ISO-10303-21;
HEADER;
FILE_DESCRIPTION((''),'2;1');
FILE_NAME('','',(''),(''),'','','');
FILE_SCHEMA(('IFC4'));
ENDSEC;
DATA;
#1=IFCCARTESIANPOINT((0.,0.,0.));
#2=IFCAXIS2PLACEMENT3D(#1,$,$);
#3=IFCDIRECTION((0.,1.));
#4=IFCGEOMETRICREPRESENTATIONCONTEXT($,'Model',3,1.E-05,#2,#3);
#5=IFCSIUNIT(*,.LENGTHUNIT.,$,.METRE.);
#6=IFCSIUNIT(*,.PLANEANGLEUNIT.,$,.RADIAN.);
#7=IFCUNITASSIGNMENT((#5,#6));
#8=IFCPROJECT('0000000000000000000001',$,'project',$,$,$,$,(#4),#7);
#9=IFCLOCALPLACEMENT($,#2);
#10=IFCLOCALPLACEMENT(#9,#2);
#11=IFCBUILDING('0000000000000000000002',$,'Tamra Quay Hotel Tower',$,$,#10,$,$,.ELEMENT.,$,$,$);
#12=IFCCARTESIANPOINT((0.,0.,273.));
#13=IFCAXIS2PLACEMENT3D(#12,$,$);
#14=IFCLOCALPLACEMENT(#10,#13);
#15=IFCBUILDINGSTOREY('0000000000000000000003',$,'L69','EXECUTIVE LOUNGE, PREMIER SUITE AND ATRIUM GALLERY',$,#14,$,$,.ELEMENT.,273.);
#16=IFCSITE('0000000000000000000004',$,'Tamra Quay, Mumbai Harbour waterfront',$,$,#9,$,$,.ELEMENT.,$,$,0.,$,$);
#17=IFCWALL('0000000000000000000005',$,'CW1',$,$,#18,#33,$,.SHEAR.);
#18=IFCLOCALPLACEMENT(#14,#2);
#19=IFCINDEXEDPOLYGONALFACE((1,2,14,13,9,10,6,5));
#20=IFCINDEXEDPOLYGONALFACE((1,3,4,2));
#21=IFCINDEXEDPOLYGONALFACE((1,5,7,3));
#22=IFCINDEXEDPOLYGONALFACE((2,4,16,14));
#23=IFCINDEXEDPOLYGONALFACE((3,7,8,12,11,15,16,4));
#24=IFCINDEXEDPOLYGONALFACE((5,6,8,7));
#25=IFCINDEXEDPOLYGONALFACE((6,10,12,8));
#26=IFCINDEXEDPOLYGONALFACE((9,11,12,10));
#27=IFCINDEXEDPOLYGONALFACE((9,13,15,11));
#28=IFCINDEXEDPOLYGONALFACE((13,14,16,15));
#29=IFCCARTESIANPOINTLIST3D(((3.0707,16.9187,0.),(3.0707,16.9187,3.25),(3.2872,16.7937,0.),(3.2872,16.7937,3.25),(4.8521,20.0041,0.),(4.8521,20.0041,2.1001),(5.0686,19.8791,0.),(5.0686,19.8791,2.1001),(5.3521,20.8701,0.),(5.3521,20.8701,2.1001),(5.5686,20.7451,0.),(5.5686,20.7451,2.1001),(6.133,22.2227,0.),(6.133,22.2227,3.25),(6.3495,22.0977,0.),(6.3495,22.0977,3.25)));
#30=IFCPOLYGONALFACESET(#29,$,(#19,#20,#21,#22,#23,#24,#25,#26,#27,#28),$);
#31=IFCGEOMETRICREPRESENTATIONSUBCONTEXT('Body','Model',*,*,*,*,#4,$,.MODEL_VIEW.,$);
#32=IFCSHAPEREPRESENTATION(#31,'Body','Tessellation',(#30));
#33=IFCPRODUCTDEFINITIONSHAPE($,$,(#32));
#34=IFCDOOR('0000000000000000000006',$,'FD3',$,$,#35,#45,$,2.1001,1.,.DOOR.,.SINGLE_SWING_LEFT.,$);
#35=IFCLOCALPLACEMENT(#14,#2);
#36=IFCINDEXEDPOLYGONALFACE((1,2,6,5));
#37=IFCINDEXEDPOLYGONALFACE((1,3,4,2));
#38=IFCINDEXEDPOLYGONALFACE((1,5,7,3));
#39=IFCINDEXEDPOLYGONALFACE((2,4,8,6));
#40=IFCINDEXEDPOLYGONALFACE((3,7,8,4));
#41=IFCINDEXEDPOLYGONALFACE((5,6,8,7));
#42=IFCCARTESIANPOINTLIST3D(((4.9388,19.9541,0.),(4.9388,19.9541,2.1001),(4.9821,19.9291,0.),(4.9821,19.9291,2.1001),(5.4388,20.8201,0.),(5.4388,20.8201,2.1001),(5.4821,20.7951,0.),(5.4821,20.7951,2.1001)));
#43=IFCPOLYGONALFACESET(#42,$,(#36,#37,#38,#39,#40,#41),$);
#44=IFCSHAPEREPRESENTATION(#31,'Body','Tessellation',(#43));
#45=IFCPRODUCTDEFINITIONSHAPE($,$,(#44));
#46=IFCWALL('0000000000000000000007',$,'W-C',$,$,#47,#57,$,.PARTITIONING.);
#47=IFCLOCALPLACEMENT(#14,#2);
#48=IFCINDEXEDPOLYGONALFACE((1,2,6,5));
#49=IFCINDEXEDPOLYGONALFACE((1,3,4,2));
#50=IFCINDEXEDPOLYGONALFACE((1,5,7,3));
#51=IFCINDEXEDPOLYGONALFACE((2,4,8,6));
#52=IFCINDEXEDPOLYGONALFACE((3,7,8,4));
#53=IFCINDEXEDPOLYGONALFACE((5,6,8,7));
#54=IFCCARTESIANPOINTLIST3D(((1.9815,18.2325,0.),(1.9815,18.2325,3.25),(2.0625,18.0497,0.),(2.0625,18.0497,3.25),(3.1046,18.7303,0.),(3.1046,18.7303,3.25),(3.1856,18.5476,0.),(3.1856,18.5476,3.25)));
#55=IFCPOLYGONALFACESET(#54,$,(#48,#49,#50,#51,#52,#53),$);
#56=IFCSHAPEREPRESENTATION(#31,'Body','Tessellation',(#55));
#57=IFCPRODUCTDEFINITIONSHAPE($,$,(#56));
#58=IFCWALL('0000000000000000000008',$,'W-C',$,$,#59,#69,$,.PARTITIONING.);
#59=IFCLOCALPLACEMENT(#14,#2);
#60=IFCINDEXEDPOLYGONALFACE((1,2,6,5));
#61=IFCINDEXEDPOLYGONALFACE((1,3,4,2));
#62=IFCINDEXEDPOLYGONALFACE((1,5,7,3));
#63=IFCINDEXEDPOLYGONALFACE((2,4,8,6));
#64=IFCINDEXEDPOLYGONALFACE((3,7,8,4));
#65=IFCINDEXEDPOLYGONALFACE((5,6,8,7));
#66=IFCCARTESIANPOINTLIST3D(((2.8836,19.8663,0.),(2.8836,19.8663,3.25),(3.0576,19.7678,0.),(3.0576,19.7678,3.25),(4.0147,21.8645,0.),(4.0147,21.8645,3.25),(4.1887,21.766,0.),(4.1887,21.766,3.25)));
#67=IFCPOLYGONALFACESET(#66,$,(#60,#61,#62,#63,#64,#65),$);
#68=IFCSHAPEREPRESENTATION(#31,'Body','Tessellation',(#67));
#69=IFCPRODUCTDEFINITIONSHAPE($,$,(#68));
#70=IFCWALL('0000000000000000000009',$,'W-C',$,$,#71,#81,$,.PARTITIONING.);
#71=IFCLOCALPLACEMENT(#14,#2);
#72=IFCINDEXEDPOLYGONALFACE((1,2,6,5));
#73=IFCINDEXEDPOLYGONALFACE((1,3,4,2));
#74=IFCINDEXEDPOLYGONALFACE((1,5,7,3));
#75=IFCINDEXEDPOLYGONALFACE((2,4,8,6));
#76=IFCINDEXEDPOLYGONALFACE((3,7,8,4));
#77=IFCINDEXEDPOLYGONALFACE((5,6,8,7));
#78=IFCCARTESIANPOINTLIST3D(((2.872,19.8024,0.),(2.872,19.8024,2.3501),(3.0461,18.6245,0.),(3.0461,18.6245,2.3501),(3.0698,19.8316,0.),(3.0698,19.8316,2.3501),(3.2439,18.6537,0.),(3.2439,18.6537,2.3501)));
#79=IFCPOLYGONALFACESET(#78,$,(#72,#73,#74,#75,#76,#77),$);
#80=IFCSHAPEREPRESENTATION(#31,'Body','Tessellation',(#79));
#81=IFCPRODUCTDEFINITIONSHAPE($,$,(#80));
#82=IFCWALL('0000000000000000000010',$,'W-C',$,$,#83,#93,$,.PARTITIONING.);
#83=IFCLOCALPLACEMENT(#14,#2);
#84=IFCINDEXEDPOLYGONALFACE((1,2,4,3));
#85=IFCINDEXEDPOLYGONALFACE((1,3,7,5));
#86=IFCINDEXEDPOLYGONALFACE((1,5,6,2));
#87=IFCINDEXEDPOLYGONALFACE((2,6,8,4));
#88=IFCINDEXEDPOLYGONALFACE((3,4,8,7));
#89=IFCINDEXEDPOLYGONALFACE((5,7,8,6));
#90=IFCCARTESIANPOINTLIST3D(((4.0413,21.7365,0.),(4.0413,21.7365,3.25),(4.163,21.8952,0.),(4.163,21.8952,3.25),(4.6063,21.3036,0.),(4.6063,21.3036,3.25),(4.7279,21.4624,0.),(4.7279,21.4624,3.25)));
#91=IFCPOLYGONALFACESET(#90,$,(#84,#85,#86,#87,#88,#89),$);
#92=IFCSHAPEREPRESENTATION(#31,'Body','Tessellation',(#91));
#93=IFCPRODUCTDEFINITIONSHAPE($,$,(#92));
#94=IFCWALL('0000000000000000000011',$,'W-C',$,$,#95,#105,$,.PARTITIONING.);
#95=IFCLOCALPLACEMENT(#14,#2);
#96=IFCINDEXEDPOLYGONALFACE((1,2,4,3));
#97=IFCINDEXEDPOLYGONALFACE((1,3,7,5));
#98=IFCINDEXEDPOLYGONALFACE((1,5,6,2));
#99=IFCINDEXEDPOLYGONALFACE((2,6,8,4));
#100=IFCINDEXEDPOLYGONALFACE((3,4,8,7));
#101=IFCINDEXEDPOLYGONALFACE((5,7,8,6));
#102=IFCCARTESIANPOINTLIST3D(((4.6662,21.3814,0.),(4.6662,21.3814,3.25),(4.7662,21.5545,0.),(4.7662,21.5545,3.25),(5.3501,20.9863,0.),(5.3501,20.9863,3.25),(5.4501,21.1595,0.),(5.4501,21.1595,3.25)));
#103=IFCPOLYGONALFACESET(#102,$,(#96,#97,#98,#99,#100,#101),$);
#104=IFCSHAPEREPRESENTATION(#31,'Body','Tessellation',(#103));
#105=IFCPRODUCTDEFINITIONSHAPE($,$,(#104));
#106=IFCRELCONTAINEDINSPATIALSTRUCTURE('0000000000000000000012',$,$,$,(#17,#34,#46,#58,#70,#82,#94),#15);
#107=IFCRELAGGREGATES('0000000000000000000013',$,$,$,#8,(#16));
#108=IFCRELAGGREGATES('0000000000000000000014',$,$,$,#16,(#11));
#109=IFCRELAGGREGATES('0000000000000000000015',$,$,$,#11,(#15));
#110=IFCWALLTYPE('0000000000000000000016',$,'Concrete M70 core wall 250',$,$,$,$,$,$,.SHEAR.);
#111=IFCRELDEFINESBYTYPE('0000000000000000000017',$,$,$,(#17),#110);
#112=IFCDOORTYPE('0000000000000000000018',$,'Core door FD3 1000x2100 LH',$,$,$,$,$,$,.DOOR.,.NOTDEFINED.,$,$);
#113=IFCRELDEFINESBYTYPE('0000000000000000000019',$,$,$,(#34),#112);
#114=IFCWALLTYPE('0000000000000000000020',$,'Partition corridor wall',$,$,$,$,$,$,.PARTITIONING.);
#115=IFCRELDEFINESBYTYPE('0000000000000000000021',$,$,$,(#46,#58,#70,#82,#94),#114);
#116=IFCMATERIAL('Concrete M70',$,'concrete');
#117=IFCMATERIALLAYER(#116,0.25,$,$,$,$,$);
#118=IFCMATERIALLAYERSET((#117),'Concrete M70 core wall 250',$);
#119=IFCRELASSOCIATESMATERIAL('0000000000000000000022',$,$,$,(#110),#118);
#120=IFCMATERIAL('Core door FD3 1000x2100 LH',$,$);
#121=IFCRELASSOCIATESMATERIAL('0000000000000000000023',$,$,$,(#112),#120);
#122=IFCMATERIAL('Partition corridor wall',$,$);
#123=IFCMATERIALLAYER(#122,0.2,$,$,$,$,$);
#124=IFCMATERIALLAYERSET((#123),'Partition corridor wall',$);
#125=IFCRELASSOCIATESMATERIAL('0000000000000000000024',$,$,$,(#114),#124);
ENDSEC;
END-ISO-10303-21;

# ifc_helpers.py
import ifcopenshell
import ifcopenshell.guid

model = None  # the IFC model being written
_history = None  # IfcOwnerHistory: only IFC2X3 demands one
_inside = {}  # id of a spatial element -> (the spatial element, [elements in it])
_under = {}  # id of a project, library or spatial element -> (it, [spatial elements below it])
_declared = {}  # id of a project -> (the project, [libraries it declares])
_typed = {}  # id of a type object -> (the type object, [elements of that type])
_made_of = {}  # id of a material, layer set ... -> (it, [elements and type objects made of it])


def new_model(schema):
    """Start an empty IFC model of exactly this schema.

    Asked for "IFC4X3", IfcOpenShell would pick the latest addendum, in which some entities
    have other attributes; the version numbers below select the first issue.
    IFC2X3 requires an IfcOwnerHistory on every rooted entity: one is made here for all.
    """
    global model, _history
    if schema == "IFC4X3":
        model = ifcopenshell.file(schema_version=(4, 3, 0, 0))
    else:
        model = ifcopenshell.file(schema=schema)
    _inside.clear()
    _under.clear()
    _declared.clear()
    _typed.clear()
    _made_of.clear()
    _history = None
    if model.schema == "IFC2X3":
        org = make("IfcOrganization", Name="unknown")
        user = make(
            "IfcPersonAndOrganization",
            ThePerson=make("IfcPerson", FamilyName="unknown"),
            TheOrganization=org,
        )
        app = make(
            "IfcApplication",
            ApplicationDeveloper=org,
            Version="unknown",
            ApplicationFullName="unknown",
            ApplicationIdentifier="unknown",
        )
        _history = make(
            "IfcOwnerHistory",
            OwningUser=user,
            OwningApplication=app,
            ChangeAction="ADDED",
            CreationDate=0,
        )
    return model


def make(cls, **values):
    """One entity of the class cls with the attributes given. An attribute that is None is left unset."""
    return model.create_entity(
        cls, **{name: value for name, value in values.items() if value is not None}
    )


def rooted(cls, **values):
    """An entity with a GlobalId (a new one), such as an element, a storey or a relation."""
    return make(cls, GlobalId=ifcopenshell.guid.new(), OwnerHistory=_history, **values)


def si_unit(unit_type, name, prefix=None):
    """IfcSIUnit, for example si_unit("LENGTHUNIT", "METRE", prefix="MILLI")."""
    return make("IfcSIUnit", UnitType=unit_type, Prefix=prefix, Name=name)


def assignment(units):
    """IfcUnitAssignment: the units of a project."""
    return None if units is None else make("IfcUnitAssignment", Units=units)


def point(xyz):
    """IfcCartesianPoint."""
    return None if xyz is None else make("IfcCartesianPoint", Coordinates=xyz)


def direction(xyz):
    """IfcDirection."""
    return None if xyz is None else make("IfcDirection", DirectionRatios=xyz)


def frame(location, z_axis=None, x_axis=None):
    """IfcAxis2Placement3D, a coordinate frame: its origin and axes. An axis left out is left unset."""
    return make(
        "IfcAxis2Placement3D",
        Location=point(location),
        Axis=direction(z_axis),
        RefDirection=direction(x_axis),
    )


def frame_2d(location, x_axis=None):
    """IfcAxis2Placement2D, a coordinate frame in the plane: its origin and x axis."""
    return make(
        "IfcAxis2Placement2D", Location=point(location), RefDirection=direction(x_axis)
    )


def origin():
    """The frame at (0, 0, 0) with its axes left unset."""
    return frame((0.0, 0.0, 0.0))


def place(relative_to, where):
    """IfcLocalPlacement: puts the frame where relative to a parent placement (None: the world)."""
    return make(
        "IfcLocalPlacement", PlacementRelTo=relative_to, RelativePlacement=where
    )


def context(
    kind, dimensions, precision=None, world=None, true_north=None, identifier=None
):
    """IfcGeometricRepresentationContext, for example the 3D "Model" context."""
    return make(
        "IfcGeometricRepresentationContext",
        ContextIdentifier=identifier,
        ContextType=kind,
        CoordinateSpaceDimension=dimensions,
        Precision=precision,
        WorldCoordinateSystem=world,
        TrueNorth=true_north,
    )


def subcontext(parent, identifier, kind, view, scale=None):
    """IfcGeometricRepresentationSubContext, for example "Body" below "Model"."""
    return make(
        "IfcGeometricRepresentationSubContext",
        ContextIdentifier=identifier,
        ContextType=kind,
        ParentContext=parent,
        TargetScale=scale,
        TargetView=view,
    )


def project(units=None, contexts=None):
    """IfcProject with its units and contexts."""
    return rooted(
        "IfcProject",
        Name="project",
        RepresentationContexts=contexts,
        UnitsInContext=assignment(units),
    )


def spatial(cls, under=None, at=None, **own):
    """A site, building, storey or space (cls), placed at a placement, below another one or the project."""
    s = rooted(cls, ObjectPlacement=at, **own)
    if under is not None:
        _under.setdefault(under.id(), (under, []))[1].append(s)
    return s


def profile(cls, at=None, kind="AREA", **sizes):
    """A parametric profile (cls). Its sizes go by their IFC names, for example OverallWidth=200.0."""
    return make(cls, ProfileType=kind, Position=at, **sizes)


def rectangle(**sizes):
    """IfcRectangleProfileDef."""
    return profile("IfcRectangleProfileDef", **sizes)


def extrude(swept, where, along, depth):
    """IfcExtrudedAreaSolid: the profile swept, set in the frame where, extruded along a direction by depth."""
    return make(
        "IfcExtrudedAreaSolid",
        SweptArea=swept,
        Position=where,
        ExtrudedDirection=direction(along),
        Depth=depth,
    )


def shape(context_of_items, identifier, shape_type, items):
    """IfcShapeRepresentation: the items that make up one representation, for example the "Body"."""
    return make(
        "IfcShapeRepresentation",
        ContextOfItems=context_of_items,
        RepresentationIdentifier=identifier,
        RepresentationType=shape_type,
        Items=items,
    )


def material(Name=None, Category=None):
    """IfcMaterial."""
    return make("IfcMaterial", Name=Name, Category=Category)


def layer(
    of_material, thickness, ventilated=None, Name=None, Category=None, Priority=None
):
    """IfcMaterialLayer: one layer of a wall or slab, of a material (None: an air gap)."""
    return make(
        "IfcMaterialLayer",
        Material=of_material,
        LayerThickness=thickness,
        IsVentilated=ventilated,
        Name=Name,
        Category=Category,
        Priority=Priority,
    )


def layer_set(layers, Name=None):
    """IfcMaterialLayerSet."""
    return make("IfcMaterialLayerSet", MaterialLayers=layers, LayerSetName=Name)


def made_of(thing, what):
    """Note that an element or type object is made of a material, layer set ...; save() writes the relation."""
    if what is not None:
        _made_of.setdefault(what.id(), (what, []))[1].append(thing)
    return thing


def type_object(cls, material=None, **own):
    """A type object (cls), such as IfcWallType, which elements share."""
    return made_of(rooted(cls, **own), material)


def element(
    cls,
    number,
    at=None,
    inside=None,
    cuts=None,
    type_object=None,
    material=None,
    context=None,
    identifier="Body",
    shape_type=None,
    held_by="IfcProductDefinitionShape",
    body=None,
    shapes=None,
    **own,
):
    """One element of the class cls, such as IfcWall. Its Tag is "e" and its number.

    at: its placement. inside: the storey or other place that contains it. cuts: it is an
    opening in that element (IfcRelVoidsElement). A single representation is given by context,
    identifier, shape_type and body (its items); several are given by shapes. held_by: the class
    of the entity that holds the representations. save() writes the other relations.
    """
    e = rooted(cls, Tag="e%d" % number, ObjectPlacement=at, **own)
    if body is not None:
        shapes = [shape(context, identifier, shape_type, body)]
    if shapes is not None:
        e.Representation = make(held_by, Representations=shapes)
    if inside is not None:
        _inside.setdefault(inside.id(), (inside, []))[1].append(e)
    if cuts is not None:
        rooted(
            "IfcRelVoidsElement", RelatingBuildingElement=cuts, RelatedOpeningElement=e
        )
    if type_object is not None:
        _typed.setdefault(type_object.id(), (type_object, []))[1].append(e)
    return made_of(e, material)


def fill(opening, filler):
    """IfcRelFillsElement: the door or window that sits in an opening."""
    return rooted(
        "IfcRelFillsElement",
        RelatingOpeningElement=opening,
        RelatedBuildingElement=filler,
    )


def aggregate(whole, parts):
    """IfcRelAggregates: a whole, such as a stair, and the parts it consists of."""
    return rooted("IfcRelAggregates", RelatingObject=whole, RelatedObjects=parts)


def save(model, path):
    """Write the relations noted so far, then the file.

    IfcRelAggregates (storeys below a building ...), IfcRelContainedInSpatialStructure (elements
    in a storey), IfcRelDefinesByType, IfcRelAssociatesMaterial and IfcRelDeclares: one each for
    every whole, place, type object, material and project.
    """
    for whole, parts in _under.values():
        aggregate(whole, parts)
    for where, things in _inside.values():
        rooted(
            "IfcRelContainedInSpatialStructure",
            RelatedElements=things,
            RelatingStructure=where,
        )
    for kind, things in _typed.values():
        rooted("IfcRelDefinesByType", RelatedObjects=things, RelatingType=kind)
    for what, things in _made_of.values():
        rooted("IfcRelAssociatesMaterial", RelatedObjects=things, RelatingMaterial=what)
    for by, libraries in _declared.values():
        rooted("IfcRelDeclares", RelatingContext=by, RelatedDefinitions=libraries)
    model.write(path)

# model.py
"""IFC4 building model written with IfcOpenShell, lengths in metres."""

from ifc_helpers import new_model, si_unit, direction, frame, frame_2d, origin, place, context, subcontext, project, spatial, rectangle, extrude, material, layer, layer_set, type_object, element, fill, save


model = new_model("IFC4")

# Units and contexts
model_context = context("Model", 3, precision=1e-05, world=origin(), true_north=direction((0.0, 1.0)))
body_context = subcontext(model_context, "Body", "Model", "MODEL_VIEW")
ifc_project = project(units=[si_unit("LENGTHUNIT", "METRE"), si_unit("PLANEANGLEUNIT", "RADIAN")], contexts=[model_context])

# Site, building, storey
site_placement = place(None, origin())
site = spatial("IfcSite", under=ifc_project, at=site_placement, Name="Tamra Quay, Mumbai Harbour waterfront", CompositionType="ELEMENT", RefElevation=0.0)
building_placement = place(site_placement, origin())
building = spatial("IfcBuilding", under=site, at=building_placement, Name="Tamra Quay Hotel Tower", CompositionType="ELEMENT")
storey_placement = place(building_placement, frame((0.0, 0.0, 273.0)))
storey = spatial("IfcBuildingStorey", under=building, at=storey_placement, Name="L69", Description="EXECUTIVE LOUNGE, PREMIER SUITE AND ATRIUM GALLERY", CompositionType="ELEMENT", Elevation=273.0)

# Shared definitions
ifc_material_1 = material(Name="Concrete M70", Category="concrete")

# Shared definitions
ifc_layer_1 = layer(ifc_material_1, 0.25)
ifc_layer_set_1 = layer_set([ifc_layer_1], Name="Concrete M70 core wall 250")
wall_type_1 = type_object("IfcWallType", Name="Concrete M70 core wall 250", PredefinedType="SHEAR", material=ifc_layer_set_1)

# Wall, opening, door
wall_1_placement = place(storey_placement, frame((3.179, 16.8562, 0.0), z_axis=(0.0, 0.0, 1.0), x_axis=(0.500002, 0.866024, 0.0)))
wall_1 = element("IfcWall", 1, at=wall_1_placement, inside=storey, type_object=wall_type_1, Name="CW1", PredefinedType="SHEAR", context=body_context, shape_type="SweptSolid", body=[
    extrude(rectangle(XDim=6.1245, YDim=0.25, at=frame_2d((3.0623, 0.0))), origin(), (0.0, 0.0, 1.0), 3.25),
])
opening_1_placement = place(wall_1_placement, frame((3.5627, 0.0, 0.0)))
opening_1 = element("IfcOpeningElement", 2, at=opening_1_placement, cuts=wall_1, PredefinedType="OPENING", context=body_context, shape_type="SweptSolid", body=[
    extrude(rectangle(XDim=1.0, YDim=2.1001, at=frame_2d((0.5, 1.05))), frame((0.0, 0.135, 0.0), z_axis=(0.0, -1.0, 0.0), x_axis=(1.0, 0.0, 0.0)), (0.0, 0.0, 1.0), 0.27),
])
ifc_material_2 = material(Name="Core door FD3 1000x2100 LH")
door_type_1 = type_object("IfcDoorType", Name="Core door FD3 1000x2100 LH", OperationType="NOTDEFINED", PredefinedType="DOOR", material=ifc_material_2)
door_1_placement = place(opening_1_placement, origin())
door_1 = element("IfcDoor", 3, at=door_1_placement, inside=storey, type_object=door_type_1, Name="FD3", OperationType="SINGLE_SWING_LEFT", OverallHeight=2.1001, OverallWidth=1.0, PredefinedType="DOOR", context=body_context, shape_type="SweptSolid", body=[
    extrude(rectangle(XDim=1.0, YDim=2.1001, at=frame_2d((0.5, 1.05))), frame((0.0, 0.0249, 0.0), z_axis=(0.0, -1.0, 0.0), x_axis=(1.0, 0.0, 0.0)), (0.0, 0.0, 1.0), 0.05),
])
fill(opening_1, door_1)

# Walls
ifc_material_3 = material(Name="Partition corridor wall")
ifc_layer_2 = layer(ifc_material_3, 0.2)
ifc_layer_set_2 = layer_set([ifc_layer_2], Name="Partition corridor wall")
wall_type_2 = type_object("IfcWallType", Name="Partition corridor wall", PredefinedType="PARTITIONING", material=ifc_layer_set_2)
wall_2_placement = place(storey_placement, frame((2.022, 18.1411, 0.0), z_axis=(0.0, 0.0, 1.0), x_axis=(0.914213, 0.405235, 0.0)))
element("IfcWall", 4, at=wall_2_placement, inside=storey, type_object=wall_type_2, Name="W-C", PredefinedType="PARTITIONING", context=body_context, shape_type="SweptSolid", body=[
    extrude(rectangle(XDim=1.2285, YDim=0.2, at=frame_2d((0.6143, 0.0))), origin(), (0.0, 0.0, 1.0), 3.25),
])
wall_3_placement = place(storey_placement, frame((2.9707, 19.8171, 0.0), z_axis=(0.0, 0.0, 1.0), x_axis=(0.492597, 0.870258, 0.0)))
element("IfcWall", 5, at=wall_3_placement, inside=storey, type_object=wall_type_2, Name="W-C", PredefinedType="PARTITIONING", context=body_context, shape_type="SweptSolid", body=[
    extrude(rectangle(XDim=2.2961, YDim=0.2, at=frame_2d((1.1479, 0.0))), origin(), (0.0, 0.0, 1.0), 3.25),
])
wall_4_placement = place(storey_placement, frame((2.9709, 19.8169, 0.0), z_axis=(0.0, 0.0, 1.0), x_axis=(0.146185, -0.989257, 0.0)))
element("IfcWall", 6, at=wall_4_placement, inside=storey, type_object=wall_type_2, Name="W-C", PredefinedType="PARTITIONING", context=body_context, shape_type="SweptSolid", body=[
    extrude(rectangle(XDim=1.1907, YDim=0.2, at=frame_2d((0.5952, 0.0))), origin(), (0.0, 0.0, 1.0), 2.3501),
])
wall_5_placement = place(storey_placement, frame((4.1021, 21.8159, 0.0), z_axis=(0.0, 0.0, 1.0), x_axis=(0.793783, -0.608201, 0.0)))
element("IfcWall", 7, at=wall_5_placement, inside=storey, type_object=wall_type_2, Name="W-C", PredefinedType="PARTITIONING", context=body_context, shape_type="SweptSolid", body=[
    extrude(rectangle(XDim=0.7117, YDim=0.2, at=frame_2d((0.356, 0.0))), origin(), (0.0, 0.0, 1.0), 3.25),
])
wall_6_placement = place(storey_placement, frame((4.7161, 21.468, 0.0), z_axis=(0.0, 0.0, 1.0), x_axis=(0.865913, -0.500195, 0.0)))
element("IfcWall", 8, at=wall_6_placement, inside=storey, type_object=wall_type_2, Name="W-C", PredefinedType="PARTITIONING", context=body_context, shape_type="SweptSolid", body=[
    extrude(rectangle(XDim=0.7898, YDim=0.2, at=frame_2d((0.395, 0.0))), origin(), (0.0, 0.0, 1.0), 3.25),
])

save(model, "model.ifc")
